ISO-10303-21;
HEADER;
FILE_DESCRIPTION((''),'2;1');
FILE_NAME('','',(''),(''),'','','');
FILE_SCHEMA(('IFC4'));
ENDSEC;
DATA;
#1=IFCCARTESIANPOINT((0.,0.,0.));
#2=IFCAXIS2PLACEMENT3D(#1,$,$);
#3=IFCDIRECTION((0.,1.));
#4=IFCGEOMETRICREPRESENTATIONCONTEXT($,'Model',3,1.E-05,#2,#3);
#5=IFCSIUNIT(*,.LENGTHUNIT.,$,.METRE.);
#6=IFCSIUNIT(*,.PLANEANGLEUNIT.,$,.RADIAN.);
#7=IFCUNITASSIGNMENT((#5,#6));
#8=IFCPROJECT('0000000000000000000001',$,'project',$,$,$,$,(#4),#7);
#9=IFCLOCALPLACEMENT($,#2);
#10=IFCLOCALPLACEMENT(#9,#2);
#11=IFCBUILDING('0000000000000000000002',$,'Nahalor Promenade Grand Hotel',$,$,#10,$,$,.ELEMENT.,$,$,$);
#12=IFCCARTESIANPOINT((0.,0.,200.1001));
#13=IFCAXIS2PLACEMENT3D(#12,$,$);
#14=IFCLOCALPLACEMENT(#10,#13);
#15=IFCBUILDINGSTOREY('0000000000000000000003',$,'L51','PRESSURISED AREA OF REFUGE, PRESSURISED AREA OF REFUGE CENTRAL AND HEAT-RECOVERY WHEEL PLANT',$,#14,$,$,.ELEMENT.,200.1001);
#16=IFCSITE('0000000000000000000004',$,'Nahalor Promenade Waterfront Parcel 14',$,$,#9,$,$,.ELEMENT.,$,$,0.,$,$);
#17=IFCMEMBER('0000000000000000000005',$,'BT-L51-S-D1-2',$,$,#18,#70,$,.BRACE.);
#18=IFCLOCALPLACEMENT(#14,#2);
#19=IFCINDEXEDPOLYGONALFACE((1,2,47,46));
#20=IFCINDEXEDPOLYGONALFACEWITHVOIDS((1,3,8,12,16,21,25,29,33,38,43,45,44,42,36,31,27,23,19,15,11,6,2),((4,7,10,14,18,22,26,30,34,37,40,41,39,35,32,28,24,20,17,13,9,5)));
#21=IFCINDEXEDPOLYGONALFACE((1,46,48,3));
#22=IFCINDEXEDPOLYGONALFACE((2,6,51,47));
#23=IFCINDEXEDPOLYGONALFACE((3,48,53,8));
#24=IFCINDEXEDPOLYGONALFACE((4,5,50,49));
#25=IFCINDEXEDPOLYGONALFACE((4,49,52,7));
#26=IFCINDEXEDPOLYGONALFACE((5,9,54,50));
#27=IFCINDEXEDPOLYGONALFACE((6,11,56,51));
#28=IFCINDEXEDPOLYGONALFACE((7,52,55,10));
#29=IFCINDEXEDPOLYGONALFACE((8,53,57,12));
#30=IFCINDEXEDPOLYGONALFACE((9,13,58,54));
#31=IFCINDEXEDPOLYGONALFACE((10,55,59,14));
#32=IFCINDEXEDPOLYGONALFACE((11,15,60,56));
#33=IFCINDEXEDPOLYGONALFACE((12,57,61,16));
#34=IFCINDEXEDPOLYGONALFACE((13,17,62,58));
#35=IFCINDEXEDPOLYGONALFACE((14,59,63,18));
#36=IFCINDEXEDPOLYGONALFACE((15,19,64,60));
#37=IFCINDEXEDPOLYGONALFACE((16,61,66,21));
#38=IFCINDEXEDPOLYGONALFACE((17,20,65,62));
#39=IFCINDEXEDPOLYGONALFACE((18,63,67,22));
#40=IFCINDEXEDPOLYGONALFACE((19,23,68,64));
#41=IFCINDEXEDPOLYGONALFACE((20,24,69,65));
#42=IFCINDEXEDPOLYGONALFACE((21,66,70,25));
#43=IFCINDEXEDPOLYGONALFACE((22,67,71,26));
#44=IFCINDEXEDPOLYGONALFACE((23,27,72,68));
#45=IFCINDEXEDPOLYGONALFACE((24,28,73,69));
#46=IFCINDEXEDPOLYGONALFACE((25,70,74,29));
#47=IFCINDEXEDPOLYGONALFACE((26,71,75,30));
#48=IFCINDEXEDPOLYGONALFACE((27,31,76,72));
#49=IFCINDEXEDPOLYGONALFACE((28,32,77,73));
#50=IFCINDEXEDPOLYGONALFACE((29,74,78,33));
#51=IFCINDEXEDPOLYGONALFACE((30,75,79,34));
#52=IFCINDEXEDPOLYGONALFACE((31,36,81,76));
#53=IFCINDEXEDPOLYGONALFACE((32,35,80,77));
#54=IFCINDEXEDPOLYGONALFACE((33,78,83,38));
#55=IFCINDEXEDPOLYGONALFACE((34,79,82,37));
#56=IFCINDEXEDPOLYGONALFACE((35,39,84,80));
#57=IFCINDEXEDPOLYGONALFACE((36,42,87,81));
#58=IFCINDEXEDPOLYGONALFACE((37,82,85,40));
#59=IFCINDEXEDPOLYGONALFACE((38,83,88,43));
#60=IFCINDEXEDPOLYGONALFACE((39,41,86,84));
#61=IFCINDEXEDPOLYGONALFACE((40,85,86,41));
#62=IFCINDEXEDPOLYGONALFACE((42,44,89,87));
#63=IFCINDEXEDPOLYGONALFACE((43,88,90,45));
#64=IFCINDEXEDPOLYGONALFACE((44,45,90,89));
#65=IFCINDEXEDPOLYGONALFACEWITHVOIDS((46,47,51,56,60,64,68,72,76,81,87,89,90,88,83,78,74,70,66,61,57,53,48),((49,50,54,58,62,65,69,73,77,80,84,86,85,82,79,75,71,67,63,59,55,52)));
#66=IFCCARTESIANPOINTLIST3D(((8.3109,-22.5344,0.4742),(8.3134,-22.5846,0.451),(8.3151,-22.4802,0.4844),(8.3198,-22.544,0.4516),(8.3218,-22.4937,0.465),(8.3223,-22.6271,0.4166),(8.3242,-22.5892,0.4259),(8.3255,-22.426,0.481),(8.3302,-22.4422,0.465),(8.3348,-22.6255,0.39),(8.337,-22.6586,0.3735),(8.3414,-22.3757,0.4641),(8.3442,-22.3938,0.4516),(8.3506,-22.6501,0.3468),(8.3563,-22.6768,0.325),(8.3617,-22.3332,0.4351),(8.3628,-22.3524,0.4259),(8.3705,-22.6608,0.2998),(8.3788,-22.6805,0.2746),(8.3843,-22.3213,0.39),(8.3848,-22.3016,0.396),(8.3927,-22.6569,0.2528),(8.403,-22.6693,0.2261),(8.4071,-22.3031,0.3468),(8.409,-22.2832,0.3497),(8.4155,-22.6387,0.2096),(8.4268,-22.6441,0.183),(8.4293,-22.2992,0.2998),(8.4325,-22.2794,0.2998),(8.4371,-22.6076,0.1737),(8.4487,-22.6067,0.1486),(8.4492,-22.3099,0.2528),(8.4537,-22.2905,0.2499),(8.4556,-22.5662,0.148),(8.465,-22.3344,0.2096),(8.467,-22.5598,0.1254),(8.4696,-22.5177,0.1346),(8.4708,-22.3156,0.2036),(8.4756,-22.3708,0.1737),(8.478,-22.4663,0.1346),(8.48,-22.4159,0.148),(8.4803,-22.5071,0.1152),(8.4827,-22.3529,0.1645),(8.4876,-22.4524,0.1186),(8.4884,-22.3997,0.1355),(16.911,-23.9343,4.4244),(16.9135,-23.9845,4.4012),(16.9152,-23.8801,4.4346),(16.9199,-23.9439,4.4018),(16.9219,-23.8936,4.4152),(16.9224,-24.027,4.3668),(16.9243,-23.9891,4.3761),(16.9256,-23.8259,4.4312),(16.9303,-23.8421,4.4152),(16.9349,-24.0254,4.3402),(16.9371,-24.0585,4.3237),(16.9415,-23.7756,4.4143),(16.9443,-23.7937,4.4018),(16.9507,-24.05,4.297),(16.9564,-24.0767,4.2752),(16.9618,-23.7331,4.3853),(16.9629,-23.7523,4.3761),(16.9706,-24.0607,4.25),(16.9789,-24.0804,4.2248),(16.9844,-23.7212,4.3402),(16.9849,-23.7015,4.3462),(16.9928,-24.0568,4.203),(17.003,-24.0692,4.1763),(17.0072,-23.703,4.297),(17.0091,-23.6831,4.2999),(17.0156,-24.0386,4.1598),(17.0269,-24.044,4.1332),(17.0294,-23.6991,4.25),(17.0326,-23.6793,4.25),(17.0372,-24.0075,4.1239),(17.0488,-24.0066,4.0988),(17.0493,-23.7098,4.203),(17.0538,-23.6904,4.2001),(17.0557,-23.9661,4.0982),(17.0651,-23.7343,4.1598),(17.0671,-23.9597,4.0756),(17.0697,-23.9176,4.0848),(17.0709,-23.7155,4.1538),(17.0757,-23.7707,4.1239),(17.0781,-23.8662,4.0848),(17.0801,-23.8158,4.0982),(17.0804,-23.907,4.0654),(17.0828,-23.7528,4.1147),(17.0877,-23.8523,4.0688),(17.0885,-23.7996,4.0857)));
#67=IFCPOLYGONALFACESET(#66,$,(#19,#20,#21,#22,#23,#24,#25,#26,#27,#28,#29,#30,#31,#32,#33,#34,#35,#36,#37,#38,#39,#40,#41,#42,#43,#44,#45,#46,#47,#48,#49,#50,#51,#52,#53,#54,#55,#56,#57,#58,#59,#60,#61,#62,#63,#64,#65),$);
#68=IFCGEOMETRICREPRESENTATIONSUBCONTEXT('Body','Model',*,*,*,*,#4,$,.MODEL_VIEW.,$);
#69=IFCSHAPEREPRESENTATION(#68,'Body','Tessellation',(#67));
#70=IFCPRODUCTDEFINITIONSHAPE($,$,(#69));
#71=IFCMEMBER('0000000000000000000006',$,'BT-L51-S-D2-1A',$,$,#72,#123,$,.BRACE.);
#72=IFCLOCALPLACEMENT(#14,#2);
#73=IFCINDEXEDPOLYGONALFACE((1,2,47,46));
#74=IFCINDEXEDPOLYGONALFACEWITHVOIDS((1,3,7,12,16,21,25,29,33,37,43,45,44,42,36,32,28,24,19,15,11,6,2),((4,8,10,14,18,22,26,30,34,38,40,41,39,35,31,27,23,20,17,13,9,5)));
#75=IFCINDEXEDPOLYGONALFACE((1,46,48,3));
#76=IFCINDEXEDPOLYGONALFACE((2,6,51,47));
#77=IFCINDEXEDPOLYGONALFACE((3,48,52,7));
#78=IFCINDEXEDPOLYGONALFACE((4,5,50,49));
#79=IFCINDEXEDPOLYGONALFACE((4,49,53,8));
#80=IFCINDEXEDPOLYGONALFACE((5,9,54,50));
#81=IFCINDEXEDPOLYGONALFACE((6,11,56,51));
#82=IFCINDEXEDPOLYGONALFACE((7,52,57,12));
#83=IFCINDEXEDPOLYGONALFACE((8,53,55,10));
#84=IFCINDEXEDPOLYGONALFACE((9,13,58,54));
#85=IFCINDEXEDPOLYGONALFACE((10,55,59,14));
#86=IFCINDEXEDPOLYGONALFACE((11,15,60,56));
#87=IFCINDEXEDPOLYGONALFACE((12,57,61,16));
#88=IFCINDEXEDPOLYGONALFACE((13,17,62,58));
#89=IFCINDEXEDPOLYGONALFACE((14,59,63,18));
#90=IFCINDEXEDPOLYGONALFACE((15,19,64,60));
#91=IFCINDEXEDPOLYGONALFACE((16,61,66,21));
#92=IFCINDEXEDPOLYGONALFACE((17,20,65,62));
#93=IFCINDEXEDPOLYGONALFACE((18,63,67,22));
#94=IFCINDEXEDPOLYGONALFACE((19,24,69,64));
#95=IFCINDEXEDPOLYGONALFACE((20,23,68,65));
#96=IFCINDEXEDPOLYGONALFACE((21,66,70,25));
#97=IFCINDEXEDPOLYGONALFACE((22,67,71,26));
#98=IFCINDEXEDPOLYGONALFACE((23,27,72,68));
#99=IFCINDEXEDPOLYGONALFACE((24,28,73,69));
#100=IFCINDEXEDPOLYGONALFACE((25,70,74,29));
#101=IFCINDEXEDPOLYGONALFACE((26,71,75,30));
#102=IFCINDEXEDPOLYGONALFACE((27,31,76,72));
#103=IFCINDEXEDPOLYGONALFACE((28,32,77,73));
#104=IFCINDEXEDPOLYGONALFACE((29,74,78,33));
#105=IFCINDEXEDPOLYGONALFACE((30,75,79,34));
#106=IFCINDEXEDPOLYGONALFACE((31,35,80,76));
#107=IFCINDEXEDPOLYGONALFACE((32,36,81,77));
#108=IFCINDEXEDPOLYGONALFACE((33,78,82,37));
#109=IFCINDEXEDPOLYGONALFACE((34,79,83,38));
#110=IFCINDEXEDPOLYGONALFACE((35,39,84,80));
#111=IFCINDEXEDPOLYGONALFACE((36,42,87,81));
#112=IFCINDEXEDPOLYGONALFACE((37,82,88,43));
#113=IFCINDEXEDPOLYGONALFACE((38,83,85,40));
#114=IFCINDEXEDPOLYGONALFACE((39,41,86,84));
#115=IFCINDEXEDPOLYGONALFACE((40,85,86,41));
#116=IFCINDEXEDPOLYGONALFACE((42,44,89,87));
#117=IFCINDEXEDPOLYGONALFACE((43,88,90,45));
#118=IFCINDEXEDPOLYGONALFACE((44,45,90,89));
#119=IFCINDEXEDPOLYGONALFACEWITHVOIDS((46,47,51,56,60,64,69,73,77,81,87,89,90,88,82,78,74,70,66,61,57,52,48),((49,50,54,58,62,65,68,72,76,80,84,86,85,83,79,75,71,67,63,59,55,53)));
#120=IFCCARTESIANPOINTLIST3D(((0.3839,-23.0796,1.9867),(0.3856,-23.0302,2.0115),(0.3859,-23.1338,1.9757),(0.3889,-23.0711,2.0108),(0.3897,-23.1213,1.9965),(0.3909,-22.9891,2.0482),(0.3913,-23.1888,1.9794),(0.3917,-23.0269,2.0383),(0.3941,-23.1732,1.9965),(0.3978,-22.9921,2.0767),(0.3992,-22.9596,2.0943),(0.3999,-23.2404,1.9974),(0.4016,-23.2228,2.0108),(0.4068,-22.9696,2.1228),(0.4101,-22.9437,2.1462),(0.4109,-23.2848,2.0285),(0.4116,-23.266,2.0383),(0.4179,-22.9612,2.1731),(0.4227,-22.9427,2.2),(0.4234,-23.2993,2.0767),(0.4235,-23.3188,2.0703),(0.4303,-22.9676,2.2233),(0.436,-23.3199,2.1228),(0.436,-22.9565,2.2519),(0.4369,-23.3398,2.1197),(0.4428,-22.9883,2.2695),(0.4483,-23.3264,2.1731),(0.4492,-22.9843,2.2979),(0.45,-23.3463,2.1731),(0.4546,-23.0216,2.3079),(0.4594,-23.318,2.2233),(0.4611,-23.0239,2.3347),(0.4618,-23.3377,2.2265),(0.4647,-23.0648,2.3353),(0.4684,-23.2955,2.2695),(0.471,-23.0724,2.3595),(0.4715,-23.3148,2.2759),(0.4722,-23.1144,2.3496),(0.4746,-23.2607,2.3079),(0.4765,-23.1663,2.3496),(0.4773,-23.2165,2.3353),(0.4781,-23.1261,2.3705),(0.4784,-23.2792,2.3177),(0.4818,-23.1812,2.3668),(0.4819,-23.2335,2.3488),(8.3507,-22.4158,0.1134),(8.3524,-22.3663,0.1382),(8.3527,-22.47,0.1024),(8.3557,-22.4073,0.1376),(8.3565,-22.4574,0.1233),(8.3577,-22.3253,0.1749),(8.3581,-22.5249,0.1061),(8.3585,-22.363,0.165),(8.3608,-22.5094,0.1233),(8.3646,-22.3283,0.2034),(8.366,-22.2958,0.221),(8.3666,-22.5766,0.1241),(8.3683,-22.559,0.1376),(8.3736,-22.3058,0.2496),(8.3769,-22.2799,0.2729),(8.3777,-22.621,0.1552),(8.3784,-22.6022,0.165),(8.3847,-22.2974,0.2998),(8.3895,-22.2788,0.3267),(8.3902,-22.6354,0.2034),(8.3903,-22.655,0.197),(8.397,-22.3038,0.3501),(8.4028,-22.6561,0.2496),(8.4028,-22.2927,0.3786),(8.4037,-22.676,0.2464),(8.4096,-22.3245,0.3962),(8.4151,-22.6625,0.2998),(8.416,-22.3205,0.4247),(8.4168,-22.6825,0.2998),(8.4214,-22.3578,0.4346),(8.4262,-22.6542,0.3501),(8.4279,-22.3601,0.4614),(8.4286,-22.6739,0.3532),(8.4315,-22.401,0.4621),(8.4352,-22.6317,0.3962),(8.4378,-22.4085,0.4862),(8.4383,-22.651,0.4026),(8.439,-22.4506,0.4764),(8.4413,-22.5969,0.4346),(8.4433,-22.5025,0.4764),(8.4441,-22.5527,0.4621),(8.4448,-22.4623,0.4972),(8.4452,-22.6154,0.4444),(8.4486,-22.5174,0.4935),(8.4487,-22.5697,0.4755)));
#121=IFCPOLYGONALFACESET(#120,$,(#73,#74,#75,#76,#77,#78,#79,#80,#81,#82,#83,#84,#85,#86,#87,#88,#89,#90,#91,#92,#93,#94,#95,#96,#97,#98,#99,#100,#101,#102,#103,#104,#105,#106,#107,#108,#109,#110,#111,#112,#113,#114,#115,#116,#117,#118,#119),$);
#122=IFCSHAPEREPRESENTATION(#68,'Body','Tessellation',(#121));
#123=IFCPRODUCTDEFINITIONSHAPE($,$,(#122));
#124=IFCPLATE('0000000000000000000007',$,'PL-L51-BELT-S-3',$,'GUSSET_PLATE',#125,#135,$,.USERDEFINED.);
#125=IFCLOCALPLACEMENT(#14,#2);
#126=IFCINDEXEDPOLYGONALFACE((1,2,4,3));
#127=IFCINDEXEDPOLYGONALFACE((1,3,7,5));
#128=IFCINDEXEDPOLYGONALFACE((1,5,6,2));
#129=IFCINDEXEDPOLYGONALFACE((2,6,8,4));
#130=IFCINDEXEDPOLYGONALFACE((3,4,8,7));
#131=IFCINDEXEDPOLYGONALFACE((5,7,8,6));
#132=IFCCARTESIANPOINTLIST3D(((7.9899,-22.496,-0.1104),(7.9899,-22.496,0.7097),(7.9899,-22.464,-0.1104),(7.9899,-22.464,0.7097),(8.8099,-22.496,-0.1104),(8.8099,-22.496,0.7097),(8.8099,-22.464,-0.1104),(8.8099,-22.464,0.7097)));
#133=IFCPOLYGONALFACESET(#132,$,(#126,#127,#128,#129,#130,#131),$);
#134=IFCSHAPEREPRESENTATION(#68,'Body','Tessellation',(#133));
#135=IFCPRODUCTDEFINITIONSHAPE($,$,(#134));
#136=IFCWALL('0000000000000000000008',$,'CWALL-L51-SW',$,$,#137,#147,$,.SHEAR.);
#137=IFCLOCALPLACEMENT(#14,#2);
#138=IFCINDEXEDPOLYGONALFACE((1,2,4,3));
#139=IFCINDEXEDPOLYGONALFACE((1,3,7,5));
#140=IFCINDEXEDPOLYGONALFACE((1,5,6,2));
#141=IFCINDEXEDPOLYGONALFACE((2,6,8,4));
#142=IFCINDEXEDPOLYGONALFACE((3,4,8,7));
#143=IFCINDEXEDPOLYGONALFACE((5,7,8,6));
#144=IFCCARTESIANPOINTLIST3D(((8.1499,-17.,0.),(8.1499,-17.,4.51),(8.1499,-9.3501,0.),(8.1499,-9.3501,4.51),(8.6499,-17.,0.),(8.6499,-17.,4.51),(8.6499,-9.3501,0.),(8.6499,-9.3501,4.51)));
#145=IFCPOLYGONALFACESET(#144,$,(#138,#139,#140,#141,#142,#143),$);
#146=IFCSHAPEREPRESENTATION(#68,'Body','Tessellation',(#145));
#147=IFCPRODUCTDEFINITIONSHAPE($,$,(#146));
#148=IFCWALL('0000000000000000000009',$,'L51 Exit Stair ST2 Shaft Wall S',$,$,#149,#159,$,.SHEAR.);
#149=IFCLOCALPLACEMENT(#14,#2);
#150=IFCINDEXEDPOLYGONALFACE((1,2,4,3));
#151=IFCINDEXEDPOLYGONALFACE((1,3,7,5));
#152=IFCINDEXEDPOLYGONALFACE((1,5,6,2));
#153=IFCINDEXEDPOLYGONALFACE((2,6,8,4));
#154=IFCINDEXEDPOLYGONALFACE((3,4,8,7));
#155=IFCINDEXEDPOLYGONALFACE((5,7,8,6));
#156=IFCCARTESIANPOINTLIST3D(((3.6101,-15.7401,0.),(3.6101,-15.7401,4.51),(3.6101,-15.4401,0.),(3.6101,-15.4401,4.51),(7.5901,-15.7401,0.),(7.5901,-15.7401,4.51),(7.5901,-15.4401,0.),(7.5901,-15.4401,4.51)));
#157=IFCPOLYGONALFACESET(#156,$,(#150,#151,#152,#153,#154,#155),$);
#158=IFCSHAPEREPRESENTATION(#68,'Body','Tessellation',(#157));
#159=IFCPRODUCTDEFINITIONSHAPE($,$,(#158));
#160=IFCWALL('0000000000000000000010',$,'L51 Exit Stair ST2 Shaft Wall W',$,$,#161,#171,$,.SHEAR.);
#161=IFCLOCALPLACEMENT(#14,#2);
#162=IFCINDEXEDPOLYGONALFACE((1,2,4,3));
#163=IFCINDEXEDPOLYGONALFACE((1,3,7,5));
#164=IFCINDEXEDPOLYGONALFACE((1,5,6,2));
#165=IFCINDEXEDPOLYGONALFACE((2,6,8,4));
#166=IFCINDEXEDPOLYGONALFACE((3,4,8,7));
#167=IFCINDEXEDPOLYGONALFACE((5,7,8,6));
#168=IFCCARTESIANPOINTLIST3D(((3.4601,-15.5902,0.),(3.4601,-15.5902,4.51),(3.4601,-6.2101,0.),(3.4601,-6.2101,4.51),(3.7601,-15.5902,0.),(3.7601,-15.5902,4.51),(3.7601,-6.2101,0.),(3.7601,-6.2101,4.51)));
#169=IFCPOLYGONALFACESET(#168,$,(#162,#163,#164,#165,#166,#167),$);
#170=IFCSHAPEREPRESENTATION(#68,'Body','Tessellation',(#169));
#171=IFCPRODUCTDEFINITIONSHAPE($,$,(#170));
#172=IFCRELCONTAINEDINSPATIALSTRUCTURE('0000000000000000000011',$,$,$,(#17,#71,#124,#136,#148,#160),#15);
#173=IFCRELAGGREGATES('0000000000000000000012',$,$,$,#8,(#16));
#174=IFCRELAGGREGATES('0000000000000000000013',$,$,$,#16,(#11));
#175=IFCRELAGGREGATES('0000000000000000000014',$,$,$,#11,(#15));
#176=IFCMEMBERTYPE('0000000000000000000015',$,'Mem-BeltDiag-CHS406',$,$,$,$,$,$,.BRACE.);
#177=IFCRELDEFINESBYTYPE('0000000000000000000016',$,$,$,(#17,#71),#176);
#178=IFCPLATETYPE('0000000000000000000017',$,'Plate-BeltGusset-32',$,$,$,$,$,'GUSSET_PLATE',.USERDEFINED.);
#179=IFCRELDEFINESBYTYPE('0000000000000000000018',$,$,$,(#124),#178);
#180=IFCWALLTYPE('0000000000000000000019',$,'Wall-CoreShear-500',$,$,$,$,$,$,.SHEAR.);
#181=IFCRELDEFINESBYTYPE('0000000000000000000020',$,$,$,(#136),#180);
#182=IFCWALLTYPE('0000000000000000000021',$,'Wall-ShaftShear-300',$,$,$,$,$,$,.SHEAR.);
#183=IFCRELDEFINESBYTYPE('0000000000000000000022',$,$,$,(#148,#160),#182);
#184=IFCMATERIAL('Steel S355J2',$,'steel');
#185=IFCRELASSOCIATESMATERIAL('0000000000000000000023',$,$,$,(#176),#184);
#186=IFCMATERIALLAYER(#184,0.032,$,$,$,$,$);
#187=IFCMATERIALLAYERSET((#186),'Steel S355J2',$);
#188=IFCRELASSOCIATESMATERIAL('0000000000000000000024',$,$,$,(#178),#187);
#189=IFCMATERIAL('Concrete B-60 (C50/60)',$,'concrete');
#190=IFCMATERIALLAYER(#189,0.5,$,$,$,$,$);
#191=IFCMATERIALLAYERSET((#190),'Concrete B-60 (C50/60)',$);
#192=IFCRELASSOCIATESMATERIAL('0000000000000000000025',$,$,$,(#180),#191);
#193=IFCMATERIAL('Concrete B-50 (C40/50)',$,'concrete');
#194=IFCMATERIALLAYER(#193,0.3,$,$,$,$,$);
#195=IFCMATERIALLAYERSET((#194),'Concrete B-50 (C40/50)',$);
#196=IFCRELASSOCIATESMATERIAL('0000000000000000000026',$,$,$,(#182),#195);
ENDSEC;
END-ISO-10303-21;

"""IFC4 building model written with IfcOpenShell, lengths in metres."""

from ifc_helpers import new_model, si_unit, direction, frame, frame_2d, origin, origin_2d, place, context, subcontext, project, spatial, rectangle, hollow_circle, extrude, source, transform, mapped, material, layer, layer_set, material_profile, profile_set, type_object, element, save


model = new_model("IFC4")

# Units and contexts
model_context = context("Model", 3, precision=1e-05, world=origin(), true_north=direction((0.0, 1.0)))
body_context = subcontext(model_context, "Body", "Model", "MODEL_VIEW")
ifc_project = project(units=[si_unit("LENGTHUNIT", "METRE"), si_unit("PLANEANGLEUNIT", "RADIAN")], contexts=[model_context])

# Site, building, storey
site_placement = place(None, origin())
site = spatial("IfcSite", under=ifc_project, at=site_placement, Name="Nahalor Promenade Waterfront Parcel 14", CompositionType="ELEMENT", RefElevation=0.0)
building_placement = place(site_placement, origin())
building = spatial("IfcBuilding", under=site, at=building_placement, Name="Nahalor Promenade Grand Hotel", CompositionType="ELEMENT")
storey_placement = place(building_placement, frame((0.0, 0.0, 200.1001)))
storey = spatial("IfcBuildingStorey", under=building, at=storey_placement, Name="L51", Description="PRESSURISED AREA OF REFUGE, PRESSURISED AREA OF REFUGE CENTRAL AND HEAT-RECOVERY WHEEL PLANT", CompositionType="ELEMENT", Elevation=200.1001)

# Shared definitions
ifc_material_1 = material(Name="Concrete B-60 (C50/60)", Category="concrete")
ifc_material_2 = material(Name="Steel S355J2", Category="steel")

# Members
ifc_material_profile_1 = material_profile(ifc_material_2, hollow_circle(Radius=0.2032, WallThickness=0.02, at=origin_2d()), Name="CHS 406.4x20")
ifc_profile_set_1 = profile_set([ifc_material_profile_1], Name="Steel S355J2")
member_type = type_object("IfcMemberType", Name="Mem-BeltDiag-CHS406", PredefinedType="BRACE", material=ifc_profile_set_1)
shared_shape_1 = source(origin(), body_context, "Body", "SweptSolid", [
    extrude(hollow_circle(Radius=0.2032, WallThickness=0.02, at=origin_2d()), origin(), (0.0, 0.0, 1.0), 9.5669),
])
member_1_placement = place(storey_placement, frame((8.3999, -22.48, 0.2998), z_axis=(0.898944, -0.146328, 0.412903), x_axis=(0.160663, 0.987009, 0.0)))
element("IfcMember", 1, at=member_1_placement, inside=storey, type_object=member_type, Name="BT-L51-S-D1-2", PredefinedType="BRACE", context=body_context, shape_type="MappedRepresentation", body=[
    mapped(shared_shape_1, transform((0.0, 0.0, 0.0), scale=1.0)),
])
shared_shape_2 = source(origin(), body_context, "Body", "SweptSolid", [
    extrude(hollow_circle(Radius=0.2032, WallThickness=0.02, at=origin_2d()), origin(), (0.0, 0.0, 1.0), 8.2109),
])
member_2_placement = place(storey_placement, frame((8.3999, -22.48, 0.2998), z_axis=(-0.970265, -0.080845, 0.228145), x_axis=(0.083035, -0.996547, 0.0)))
element("IfcMember", 2, at=member_2_placement, inside=storey, type_object=member_type, Name="BT-L51-S-D2-1A", PredefinedType="BRACE", context=body_context, shape_type="MappedRepresentation", body=[
    mapped(shared_shape_2, transform((0.0, 0.0, 0.0), scale=1.0)),
])

# Plate
ifc_layer_1 = layer(ifc_material_2, 0.032)
ifc_layer_set_1 = layer_set([ifc_layer_1], Name="Steel S355J2")
plate_type = type_object("IfcPlateType", Name="Plate-BeltGusset-32", ElementType="GUSSET_PLATE", PredefinedType="USERDEFINED", material=ifc_layer_set_1)
shared_shape_3 = source(origin(), body_context, "Body", "SweptSolid", [
    extrude(rectangle(XDim=0.8201, YDim=0.032, at=origin_2d()), origin(), (0.0, 0.0, 1.0), 0.8201),
])
plate_placement = place(storey_placement, frame((8.3999, -22.48, -0.1104), z_axis=(0.0, 0.0, 1.0), x_axis=(1.0, 0.0, 0.0)))
element("IfcPlate", 3, at=plate_placement, inside=storey, type_object=plate_type, Name="PL-L51-BELT-S-3", ObjectType="GUSSET_PLATE", PredefinedType="USERDEFINED", context=body_context, shape_type="MappedRepresentation", body=[
    mapped(shared_shape_3, transform((0.0, 0.0, 0.0), scale=1.0)),
])

# Walls
ifc_layer_2 = layer(ifc_material_1, 0.5)
ifc_layer_set_2 = layer_set([ifc_layer_2], Name="Concrete B-60 (C50/60)")
wall_type_1 = type_object("IfcWallType", Name="Wall-CoreShear-500", PredefinedType="SHEAR", material=ifc_layer_set_2)
shared_shape_4 = source(origin(), body_context, "Body", "SweptSolid", [
    extrude(rectangle(XDim=7.6499, YDim=0.5, at=frame_2d((3.825, 0.0))), origin(), (0.0, 0.0, 1.0), 4.51),
])
wall_1_placement = place(storey_placement, frame((8.3999, -17.0, 0.0), z_axis=(0.0, 0.0, 1.0), x_axis=(0.0, 1.0, 0.0)))
element("IfcWall", 4, at=wall_1_placement, inside=storey, type_object=wall_type_1, Name="CWALL-L51-SW", PredefinedType="SHEAR", context=body_context, shape_type="MappedRepresentation", body=[
    mapped(shared_shape_4, transform((0.0, 0.0, 0.0), scale=1.0)),
])
ifc_material_3 = material(Name="Concrete B-50 (C40/50)", Category="concrete")
ifc_layer_3 = layer(ifc_material_3, 0.3)
ifc_layer_set_3 = layer_set([ifc_layer_3], Name="Concrete B-50 (C40/50)")
wall_type_2 = type_object("IfcWallType", Name="Wall-ShaftShear-300", PredefinedType="SHEAR", material=ifc_layer_set_3)
shared_shape_5 = source(origin(), body_context, "Body", "SweptSolid", [
    extrude(rectangle(XDim=3.98, YDim=0.3, at=frame_2d((1.99, 0.0))), origin(), (0.0, 0.0, 1.0), 4.51),
])
wall_2_placement = place(storey_placement, frame((3.6101, -15.5901, 0.0), z_axis=(0.0, 0.0, 1.0), x_axis=(1.0, 0.0, 0.0)))
element("IfcWall", 5, at=wall_2_placement, inside=storey, type_object=wall_type_2, Name="L51 Exit Stair ST2 Shaft Wall S", PredefinedType="SHEAR", context=body_context, shape_type="MappedRepresentation", body=[
    mapped(shared_shape_5, transform((0.0, 0.0, 0.0), scale=1.0)),
])
shared_shape_6 = source(origin(), body_context, "Body", "SweptSolid", [
    extrude(rectangle(XDim=9.3801, YDim=0.3, at=frame_2d((4.6899, 0.0))), origin(), (0.0, 0.0, 1.0), 4.51),
])
wall_3_placement = place(storey_placement, frame((3.6101, -15.5901, 0.0), z_axis=(0.0, 0.0, 1.0), x_axis=(0.0, 1.0, 0.0)))
element("IfcWall", 6, at=wall_3_placement, inside=storey, type_object=wall_type_2, Name="L51 Exit Stair ST2 Shaft Wall W", PredefinedType="SHEAR", context=body_context, shape_type="MappedRepresentation", body=[
    mapped(shared_shape_6, transform((0.0, 0.0, 0.0), scale=1.0)),
])

save(model, "model.ifc")
